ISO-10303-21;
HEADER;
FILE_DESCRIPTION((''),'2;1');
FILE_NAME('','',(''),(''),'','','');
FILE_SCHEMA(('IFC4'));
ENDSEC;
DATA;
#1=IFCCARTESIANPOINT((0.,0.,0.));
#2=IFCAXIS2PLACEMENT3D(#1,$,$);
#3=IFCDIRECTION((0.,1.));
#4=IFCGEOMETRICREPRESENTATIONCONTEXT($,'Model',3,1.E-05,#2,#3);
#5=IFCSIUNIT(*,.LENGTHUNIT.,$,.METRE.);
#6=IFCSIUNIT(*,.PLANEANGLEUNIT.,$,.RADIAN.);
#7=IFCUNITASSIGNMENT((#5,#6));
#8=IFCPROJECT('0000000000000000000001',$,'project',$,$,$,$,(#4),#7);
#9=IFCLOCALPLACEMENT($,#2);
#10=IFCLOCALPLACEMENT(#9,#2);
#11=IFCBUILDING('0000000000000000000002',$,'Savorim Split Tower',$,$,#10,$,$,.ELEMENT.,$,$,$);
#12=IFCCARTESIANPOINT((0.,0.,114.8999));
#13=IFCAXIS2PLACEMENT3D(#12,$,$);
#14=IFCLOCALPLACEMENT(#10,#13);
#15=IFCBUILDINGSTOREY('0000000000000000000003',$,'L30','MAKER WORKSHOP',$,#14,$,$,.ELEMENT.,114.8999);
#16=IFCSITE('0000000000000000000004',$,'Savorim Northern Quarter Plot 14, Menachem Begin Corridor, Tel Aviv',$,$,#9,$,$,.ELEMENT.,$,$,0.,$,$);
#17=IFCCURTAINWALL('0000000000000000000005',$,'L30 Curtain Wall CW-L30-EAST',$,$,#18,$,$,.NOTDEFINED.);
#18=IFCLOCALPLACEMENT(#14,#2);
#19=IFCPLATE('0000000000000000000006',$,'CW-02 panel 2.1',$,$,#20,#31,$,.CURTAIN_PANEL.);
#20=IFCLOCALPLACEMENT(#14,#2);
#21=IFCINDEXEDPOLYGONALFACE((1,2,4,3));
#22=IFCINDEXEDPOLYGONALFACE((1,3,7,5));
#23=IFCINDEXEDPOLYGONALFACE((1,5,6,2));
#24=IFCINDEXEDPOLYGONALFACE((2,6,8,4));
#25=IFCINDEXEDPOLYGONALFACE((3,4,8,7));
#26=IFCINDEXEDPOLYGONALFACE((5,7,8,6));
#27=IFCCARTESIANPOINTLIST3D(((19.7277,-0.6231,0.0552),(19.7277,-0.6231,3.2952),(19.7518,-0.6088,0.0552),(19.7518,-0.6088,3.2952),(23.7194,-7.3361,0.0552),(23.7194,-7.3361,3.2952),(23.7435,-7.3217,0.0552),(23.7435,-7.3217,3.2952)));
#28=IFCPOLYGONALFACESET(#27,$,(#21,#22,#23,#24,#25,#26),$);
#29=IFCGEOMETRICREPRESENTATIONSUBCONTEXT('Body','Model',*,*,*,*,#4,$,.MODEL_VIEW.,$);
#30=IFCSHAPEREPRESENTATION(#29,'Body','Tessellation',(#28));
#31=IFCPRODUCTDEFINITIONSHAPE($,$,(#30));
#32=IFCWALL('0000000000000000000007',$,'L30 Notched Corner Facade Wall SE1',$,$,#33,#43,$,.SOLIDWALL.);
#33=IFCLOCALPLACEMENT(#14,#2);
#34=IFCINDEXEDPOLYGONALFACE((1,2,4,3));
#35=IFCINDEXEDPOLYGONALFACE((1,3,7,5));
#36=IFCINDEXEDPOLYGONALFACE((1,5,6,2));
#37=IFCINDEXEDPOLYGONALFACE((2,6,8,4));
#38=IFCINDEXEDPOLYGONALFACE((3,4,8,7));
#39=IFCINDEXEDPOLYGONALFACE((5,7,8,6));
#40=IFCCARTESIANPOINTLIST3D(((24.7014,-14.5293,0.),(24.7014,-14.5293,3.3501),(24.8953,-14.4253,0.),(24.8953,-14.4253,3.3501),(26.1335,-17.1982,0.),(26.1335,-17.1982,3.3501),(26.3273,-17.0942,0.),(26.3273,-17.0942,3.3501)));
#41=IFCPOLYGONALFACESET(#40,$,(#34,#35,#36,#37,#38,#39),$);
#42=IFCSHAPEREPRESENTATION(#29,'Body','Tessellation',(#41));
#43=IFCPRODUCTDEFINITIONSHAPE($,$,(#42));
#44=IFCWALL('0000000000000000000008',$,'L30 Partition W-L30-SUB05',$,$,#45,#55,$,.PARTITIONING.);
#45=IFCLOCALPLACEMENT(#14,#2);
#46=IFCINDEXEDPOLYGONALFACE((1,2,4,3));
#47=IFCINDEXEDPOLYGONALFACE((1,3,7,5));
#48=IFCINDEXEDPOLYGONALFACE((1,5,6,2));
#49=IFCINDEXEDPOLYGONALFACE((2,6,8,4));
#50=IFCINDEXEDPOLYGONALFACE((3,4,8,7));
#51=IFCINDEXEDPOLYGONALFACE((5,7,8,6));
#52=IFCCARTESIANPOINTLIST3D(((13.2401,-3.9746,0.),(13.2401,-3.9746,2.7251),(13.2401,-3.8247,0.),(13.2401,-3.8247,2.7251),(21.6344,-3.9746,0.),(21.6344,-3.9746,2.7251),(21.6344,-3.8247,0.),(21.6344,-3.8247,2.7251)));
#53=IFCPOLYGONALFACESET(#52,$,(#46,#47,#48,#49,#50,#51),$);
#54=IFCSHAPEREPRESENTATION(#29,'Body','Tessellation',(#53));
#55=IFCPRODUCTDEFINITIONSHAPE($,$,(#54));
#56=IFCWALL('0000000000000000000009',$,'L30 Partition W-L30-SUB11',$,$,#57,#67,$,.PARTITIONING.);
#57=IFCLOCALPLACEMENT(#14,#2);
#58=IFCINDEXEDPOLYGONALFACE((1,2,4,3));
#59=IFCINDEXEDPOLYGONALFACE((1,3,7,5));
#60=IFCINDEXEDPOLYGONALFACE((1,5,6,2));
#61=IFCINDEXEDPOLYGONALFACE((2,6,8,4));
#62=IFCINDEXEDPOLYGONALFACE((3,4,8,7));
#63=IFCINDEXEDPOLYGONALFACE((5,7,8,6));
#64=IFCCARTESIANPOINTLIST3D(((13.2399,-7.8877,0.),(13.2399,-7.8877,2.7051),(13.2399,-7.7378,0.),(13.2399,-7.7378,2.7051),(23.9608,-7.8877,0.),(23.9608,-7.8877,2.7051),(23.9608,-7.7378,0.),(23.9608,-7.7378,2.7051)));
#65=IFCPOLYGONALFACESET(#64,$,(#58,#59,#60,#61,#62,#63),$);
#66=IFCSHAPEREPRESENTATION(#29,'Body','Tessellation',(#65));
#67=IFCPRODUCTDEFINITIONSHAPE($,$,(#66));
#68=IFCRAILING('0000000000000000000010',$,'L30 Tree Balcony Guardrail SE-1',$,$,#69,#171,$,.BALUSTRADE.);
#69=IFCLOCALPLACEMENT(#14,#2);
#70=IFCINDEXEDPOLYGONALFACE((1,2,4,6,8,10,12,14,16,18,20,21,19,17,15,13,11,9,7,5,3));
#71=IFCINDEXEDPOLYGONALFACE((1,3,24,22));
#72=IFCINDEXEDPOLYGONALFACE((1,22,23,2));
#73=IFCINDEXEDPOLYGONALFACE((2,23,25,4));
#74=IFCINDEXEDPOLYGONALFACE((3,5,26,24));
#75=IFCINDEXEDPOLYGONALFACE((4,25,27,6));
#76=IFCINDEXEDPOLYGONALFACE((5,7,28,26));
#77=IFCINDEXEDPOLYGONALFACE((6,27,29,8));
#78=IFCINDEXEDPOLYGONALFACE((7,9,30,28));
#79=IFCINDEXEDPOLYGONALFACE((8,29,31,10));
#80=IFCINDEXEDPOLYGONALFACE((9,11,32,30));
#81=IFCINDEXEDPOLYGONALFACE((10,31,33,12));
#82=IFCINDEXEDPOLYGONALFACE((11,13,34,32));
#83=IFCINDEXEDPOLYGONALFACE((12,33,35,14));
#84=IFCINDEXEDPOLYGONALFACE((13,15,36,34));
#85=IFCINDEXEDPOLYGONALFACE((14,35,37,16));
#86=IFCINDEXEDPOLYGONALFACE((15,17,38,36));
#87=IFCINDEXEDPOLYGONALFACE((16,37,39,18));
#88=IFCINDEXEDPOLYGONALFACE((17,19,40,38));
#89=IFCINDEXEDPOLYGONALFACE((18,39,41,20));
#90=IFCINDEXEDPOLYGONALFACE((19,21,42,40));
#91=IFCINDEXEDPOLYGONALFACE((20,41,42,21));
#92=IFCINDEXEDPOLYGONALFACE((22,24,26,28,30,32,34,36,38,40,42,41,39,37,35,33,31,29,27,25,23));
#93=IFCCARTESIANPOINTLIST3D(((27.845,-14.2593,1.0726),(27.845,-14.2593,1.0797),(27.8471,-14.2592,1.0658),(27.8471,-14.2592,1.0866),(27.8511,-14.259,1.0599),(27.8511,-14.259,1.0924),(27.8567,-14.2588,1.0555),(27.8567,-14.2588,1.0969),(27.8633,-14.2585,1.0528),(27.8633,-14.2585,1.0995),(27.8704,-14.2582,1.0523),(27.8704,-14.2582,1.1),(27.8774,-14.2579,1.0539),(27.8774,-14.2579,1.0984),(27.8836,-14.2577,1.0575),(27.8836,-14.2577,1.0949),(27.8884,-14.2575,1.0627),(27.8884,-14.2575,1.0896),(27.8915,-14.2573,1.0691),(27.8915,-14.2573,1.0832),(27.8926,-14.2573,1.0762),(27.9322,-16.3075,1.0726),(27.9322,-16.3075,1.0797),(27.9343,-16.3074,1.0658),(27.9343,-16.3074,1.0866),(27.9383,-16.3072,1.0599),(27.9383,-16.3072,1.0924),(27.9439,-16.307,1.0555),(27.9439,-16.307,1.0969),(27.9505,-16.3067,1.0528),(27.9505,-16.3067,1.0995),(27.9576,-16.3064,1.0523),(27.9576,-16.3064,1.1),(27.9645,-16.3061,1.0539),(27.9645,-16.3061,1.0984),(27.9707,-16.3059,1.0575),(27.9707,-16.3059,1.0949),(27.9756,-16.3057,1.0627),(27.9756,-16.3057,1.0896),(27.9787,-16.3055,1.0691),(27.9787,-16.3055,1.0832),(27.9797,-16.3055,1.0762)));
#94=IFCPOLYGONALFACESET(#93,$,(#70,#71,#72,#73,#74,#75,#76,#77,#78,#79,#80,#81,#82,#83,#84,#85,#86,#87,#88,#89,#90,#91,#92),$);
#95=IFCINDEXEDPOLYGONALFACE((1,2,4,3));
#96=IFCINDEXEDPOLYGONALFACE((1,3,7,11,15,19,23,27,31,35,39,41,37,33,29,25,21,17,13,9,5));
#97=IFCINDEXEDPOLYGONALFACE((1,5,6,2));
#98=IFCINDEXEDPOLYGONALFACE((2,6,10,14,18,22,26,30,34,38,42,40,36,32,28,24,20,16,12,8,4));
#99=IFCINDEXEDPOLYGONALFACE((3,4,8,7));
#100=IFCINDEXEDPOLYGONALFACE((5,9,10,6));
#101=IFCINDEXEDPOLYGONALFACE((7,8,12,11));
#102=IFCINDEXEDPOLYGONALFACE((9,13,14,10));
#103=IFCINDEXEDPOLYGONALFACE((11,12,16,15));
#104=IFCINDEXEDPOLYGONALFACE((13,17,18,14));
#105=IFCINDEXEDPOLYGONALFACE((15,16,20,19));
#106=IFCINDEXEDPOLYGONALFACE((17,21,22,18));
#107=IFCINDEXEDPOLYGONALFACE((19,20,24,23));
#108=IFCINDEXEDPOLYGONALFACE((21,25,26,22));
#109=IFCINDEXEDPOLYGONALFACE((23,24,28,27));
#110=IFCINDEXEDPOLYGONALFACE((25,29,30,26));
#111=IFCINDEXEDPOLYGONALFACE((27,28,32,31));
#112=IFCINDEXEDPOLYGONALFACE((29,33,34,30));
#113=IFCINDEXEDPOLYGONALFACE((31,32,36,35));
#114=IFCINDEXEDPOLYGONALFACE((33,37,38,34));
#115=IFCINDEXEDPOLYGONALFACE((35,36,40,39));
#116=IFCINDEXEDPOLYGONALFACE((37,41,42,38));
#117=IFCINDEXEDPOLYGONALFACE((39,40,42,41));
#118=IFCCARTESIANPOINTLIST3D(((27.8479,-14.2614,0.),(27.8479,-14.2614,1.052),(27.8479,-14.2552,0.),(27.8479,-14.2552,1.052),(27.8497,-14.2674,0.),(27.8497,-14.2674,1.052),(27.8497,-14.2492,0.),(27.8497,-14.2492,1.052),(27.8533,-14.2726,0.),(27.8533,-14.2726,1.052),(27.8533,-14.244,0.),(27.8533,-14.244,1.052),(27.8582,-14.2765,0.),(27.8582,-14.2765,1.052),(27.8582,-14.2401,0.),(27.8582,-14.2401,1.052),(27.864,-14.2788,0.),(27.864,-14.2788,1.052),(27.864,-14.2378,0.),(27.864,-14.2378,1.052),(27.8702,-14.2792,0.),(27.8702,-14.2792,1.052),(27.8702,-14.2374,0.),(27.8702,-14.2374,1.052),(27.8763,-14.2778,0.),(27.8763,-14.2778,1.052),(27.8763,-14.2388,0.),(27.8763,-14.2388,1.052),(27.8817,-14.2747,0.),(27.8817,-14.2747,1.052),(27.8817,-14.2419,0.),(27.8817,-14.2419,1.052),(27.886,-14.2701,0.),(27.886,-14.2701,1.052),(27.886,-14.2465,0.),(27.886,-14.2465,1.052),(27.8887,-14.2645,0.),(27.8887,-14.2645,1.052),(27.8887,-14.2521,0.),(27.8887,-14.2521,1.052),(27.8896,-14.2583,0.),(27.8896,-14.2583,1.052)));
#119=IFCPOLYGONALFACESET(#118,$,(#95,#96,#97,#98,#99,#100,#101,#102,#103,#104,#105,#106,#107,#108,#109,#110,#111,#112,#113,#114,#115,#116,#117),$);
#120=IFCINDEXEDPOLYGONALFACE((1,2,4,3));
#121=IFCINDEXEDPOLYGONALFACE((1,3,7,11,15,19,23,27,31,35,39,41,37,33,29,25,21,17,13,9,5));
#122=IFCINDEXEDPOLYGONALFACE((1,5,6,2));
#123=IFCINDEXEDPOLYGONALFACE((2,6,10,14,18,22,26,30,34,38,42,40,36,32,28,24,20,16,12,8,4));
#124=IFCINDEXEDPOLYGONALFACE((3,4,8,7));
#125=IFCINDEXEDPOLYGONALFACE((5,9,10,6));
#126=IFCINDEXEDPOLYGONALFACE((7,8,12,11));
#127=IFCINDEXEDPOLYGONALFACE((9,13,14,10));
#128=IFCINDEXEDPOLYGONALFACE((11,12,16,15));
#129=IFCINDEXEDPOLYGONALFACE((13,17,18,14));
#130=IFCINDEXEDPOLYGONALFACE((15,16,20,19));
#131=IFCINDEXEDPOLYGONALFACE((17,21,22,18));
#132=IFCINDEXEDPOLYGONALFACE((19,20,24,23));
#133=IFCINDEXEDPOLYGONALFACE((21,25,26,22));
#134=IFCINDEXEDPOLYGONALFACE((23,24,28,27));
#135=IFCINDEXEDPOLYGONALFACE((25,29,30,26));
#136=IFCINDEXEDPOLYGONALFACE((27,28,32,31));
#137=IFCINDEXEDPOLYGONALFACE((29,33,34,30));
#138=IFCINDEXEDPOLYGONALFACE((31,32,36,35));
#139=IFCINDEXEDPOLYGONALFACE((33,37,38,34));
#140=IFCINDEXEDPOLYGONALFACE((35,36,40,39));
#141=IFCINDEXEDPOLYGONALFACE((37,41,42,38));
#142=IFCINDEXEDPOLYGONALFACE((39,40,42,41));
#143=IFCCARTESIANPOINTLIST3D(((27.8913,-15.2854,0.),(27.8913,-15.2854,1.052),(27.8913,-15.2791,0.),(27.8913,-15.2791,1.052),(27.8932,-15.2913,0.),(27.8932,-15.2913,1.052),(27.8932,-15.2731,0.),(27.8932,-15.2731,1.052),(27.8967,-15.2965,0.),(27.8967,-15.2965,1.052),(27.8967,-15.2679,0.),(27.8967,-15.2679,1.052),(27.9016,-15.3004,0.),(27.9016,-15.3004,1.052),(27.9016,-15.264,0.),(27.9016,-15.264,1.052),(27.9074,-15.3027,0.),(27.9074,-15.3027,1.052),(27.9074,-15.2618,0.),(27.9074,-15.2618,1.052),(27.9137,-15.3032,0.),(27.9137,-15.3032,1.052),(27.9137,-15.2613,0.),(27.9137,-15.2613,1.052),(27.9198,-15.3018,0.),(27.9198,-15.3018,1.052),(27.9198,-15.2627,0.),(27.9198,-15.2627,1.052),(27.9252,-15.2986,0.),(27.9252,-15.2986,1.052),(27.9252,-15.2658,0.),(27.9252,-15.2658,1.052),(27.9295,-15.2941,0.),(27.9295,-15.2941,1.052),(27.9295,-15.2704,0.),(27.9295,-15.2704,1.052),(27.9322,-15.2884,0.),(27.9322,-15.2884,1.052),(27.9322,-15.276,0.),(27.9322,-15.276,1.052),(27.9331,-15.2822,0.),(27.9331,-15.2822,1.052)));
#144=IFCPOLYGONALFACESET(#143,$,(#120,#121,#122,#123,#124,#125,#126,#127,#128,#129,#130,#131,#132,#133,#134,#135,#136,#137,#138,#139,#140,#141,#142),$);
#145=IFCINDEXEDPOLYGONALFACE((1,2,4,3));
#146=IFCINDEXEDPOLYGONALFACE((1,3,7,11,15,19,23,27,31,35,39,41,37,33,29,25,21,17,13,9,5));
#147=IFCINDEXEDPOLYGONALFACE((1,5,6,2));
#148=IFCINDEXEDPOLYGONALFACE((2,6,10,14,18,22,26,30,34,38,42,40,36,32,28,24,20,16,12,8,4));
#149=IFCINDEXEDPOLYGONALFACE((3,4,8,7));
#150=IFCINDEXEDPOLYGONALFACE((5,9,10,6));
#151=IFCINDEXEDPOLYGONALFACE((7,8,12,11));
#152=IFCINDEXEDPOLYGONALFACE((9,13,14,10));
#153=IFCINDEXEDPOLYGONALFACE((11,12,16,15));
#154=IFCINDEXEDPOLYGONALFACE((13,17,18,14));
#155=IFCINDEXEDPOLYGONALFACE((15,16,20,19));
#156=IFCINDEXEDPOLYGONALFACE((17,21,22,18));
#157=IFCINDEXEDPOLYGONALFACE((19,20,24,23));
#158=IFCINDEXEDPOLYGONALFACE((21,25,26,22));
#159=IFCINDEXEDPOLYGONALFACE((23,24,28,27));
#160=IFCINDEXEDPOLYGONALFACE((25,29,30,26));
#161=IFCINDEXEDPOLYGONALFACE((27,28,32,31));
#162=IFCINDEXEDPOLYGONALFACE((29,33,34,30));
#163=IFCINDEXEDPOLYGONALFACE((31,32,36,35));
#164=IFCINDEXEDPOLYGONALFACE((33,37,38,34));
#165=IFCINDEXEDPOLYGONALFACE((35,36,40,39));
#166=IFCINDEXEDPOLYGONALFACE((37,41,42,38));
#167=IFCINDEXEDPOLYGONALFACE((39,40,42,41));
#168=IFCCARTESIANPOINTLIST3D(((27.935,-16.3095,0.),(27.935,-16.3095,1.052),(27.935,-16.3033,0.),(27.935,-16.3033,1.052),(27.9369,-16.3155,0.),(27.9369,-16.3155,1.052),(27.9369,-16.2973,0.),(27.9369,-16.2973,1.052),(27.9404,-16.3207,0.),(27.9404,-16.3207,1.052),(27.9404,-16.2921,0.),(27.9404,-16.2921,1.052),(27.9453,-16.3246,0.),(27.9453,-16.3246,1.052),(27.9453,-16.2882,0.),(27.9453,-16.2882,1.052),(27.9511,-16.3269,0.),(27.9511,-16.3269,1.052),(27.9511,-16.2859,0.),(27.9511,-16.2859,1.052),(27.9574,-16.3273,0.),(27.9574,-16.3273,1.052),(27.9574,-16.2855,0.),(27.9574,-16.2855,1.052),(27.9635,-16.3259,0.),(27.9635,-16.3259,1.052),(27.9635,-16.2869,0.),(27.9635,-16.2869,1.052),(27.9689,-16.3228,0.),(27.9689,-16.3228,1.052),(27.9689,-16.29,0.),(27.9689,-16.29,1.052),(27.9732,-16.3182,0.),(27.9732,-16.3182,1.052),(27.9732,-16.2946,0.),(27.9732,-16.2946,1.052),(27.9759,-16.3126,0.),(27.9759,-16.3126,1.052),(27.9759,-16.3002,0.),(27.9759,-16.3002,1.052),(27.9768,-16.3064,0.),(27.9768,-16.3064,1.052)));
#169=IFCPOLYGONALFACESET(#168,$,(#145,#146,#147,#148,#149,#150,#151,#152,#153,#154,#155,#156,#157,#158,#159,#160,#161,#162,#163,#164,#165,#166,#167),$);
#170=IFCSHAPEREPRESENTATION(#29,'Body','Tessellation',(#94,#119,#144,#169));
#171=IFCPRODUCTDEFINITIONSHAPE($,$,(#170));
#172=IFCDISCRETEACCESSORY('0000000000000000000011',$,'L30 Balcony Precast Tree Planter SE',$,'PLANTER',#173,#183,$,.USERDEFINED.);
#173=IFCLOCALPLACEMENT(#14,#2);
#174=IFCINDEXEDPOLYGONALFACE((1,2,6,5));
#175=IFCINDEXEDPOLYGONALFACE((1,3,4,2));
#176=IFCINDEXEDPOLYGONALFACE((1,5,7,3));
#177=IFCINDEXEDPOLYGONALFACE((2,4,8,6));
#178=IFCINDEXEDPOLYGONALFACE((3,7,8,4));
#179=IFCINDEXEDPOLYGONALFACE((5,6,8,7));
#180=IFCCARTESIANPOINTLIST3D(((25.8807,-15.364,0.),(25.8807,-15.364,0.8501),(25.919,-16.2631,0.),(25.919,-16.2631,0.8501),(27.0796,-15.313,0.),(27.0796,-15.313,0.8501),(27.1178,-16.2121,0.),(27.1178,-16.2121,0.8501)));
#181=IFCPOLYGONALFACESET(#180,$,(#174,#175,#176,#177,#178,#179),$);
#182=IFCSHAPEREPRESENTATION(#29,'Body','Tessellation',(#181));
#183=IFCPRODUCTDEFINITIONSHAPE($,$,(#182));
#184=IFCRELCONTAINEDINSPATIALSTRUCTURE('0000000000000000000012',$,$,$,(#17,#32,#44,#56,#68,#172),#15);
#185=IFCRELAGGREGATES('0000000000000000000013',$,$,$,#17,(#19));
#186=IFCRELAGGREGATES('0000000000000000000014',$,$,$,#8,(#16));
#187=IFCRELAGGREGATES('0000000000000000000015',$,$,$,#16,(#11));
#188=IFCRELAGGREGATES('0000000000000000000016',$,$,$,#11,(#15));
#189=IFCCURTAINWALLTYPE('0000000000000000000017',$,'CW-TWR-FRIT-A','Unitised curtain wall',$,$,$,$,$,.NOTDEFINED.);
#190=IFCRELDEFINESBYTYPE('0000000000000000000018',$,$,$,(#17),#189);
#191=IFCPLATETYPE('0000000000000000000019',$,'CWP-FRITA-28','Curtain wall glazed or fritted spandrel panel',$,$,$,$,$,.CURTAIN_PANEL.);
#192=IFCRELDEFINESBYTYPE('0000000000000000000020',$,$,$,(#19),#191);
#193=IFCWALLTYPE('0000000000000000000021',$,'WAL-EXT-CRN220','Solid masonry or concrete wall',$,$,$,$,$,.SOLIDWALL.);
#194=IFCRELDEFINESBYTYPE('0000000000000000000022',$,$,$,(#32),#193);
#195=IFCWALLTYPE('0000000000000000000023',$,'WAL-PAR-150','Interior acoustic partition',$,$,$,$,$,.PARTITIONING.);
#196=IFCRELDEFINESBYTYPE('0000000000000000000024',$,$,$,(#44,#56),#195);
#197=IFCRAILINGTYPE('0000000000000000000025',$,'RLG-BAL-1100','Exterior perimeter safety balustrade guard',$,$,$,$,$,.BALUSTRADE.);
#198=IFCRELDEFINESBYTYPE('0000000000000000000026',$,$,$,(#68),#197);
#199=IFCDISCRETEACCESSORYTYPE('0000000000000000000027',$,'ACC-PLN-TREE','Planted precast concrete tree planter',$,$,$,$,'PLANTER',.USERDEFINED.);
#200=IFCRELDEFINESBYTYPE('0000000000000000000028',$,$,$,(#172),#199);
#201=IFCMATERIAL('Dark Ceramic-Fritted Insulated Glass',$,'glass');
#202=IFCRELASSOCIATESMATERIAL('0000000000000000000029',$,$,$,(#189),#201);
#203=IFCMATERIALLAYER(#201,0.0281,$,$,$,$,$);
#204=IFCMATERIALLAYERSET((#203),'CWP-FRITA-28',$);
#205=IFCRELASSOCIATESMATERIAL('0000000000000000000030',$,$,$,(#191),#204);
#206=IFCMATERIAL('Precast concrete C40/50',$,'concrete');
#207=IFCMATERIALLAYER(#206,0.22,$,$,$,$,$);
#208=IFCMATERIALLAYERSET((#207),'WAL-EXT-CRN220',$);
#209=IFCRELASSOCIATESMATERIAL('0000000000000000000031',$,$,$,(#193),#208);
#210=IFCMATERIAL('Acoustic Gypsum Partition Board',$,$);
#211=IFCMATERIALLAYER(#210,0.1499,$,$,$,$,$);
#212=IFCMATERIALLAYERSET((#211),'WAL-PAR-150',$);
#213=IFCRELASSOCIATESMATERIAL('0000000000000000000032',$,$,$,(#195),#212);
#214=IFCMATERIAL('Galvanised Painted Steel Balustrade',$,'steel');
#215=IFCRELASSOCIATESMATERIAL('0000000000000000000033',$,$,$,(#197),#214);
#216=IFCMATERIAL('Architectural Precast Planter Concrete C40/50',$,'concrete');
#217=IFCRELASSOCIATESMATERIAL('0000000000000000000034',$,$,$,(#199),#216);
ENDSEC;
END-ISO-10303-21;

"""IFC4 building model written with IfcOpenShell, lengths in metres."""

from ifc_helpers import new_model, si_unit, direction, frame, frame_2d, origin, origin_2d, place, context, subcontext, project, spatial, rectangle, circle, extrude, material, layer, layer_set, type_object, element, aggregate, save


model = new_model("IFC4")

# Units and contexts
model_context = context("Model", 3, precision=1e-05, world=origin(), true_north=direction((0.0, 1.0)))
body_context = subcontext(model_context, "Body", "Model", "MODEL_VIEW")
ifc_project = project(units=[si_unit("LENGTHUNIT", "METRE"), si_unit("PLANEANGLEUNIT", "RADIAN")], contexts=[model_context])

# Site, building, storey
site_placement = place(None, origin())
site = spatial("IfcSite", under=ifc_project, at=site_placement, Name="Savorim Northern Quarter Plot 14, Menachem Begin Corridor, Tel Aviv", CompositionType="ELEMENT", RefElevation=0.0)
building_placement = place(site_placement, origin())
building = spatial("IfcBuilding", under=site, at=building_placement, Name="Savorim Split Tower", CompositionType="ELEMENT")
storey_placement = place(building_placement, frame((0.0, 0.0, 114.8999)))
storey = spatial("IfcBuildingStorey", under=building, at=storey_placement, Name="L30", Description="MAKER WORKSHOP", CompositionType="ELEMENT", Elevation=114.8999)

# Curtain wall, plate
ifc_material_1 = material(Name="Dark Ceramic-Fritted Insulated Glass", Category="glass")
curtain_wall_type = type_object("IfcCurtainWallType", Name="CW-TWR-FRIT-A", Description="Unitised curtain wall", PredefinedType="NOTDEFINED", material=ifc_material_1)
curtain_wall_placement = place(storey_placement, origin())
curtain_wall = element("IfcCurtainWall", 1, at=curtain_wall_placement, inside=storey, type_object=curtain_wall_type, Name="L30 Curtain Wall CW-L30-EAST", PredefinedType="NOTDEFINED")
ifc_layer_1 = layer(ifc_material_1, 0.0281)
ifc_layer_set_1 = layer_set([ifc_layer_1], Name="CWP-FRITA-28")
plate_type = type_object("IfcPlateType", Name="CWP-FRITA-28", Description="Curtain wall glazed or fritted spandrel panel", PredefinedType="CURTAIN_PANEL", material=ifc_layer_set_1)
plate_1_placement = place(storey_placement, frame((21.7356, -3.9724, 0.0552), z_axis=(0.0, 0.0, 1.0), x_axis=(-0.511093, 0.859525, 0.0)))
plate_1 = element("IfcPlate", 2, at=plate_1_placement, type_object=plate_type, Name="CW-02 panel 2.1", PredefinedType="CURTAIN_PANEL", context=body_context, shape_type="SweptSolid", body=[
    extrude(rectangle(XDim=7.8101, YDim=0.0281, at=origin_2d()), origin(), (0.0, 0.0, 1.0), 3.24),
])
aggregate(curtain_wall, [plate_1])

# Wall
ifc_material_2 = material(Name="Precast concrete C40/50", Category="concrete")
ifc_layer_2 = layer(ifc_material_2, 0.22)
ifc_layer_set_2 = layer_set([ifc_layer_2], Name="WAL-EXT-CRN220")
wall_type_1 = type_object("IfcWallType", Name="WAL-EXT-CRN220", Description="Solid masonry or concrete wall", PredefinedType="SOLIDWALL", material=ifc_layer_set_2)
wall_1_placement = place(storey_placement, frame((24.7983, -14.4773, 0.0), z_axis=(0.0, 0.0, 1.0), x_axis=(0.472821, -0.881159, 0.0)))
element("IfcWall", 3, at=wall_1_placement, inside=storey, type_object=wall_type_1, Name="L30 Notched Corner Facade Wall SE1", PredefinedType="SOLIDWALL", context=body_context, shape_type="SweptSolid", body=[
    extrude(rectangle(XDim=3.0288, YDim=0.22, at=frame_2d((1.5144, 0.0))), origin(), (0.0, 0.0, 1.0), 3.3501),
])

# Walls
ifc_material_3 = material(Name="Acoustic Gypsum Partition Board")
ifc_layer_3 = layer(ifc_material_3, 0.1499)
ifc_layer_set_3 = layer_set([ifc_layer_3], Name="WAL-PAR-150")
wall_type_2 = type_object("IfcWallType", Name="WAL-PAR-150", Description="Interior acoustic partition", PredefinedType="PARTITIONING", material=ifc_layer_set_3)
wall_2_placement = place(storey_placement, frame((13.24, -3.8997, 0.0), z_axis=(0.0, 0.0, 1.0), x_axis=(1.0, 0.0, 0.0)))
element("IfcWall", 4, at=wall_2_placement, inside=storey, type_object=wall_type_2, Name="L30 Partition W-L30-SUB05", PredefinedType="PARTITIONING", context=body_context, shape_type="SweptSolid", body=[
    extrude(rectangle(XDim=8.3943, YDim=0.1499, at=frame_2d((4.1973, 0.0))), origin(), (0.0, 0.0, 1.0), 2.7251),
])
wall_3_placement = place(storey_placement, frame((13.24, -7.8127, 0.0), z_axis=(0.0, 0.0, 1.0), x_axis=(1.0, 0.0, 0.0)))
element("IfcWall", 5, at=wall_3_placement, inside=storey, type_object=wall_type_2, Name="L30 Partition W-L30-SUB11", PredefinedType="PARTITIONING", context=body_context, shape_type="SweptSolid", body=[
    extrude(rectangle(XDim=10.7209, YDim=0.1499, at=frame_2d((5.3604, 0.0))), origin(), (0.0, 0.0, 1.0), 2.7051),
])

# Railing
ifc_material_4 = material(Name="Galvanised Painted Steel Balustrade", Category="steel")
railing_type = type_object("IfcRailingType", Name="RLG-BAL-1100", Description="Exterior perimeter safety balustrade guard", PredefinedType="BALUSTRADE", material=ifc_material_4)
railing_placement = place(storey_placement, frame((27.8687, -14.2583, 0.0)))
element("IfcRailing", 6, at=railing_placement, inside=storey, type_object=railing_type, Name="L30 Tree Balcony Guardrail SE-1", PredefinedType="BALUSTRADE", context=body_context, shape_type="SweptSolid", body=[
    extrude(circle(Radius=0.0239, at=origin_2d()), frame((0.0, 0.0, 1.0762), z_axis=(0.042517, -0.999096, 0.0), x_axis=(0.999096, 0.042517, 0.0)), (0.0, 0.0, 1.0), 2.05),
    extrude(circle(Radius=0.021, at=origin_2d()), origin(), (0.0, 0.0, 1.0), 1.052),
    extrude(circle(Radius=0.021, at=origin_2d()), frame((0.0435, -1.0239, 0.0)), (0.0, 0.0, 1.0), 1.052),
    extrude(circle(Radius=0.021, at=origin_2d()), frame((0.0872, -2.0481, 0.0)), (0.0, 0.0, 1.0), 1.052),
])

# Discrete accessory
ifc_material_5 = material(Name="Architectural Precast Planter Concrete C40/50", Category="concrete")
discrete_accessory_type = type_object("IfcDiscreteAccessoryType", Name="ACC-PLN-TREE", Description="Planted precast concrete tree planter", ElementType="PLANTER", PredefinedType="USERDEFINED", material=ifc_material_5)
discrete_accessory_placement = place(storey_placement, frame((26.4993, -15.7881, 0.0), z_axis=(0.0, 0.0, 1.0), x_axis=(0.999097, 0.042496, 0.0)))
element("IfcDiscreteAccessory", 7, at=discrete_accessory_placement, inside=storey, type_object=discrete_accessory_type, Name="L30 Balcony Precast Tree Planter SE", ObjectType="PLANTER", PredefinedType="USERDEFINED", context=body_context, shape_type="SweptSolid", body=[
    extrude(rectangle(XDim=1.2, YDim=0.8999, at=origin_2d()), origin(), (0.0, 0.0, 1.0), 0.8501),
])

save(model, "model.ifc")
